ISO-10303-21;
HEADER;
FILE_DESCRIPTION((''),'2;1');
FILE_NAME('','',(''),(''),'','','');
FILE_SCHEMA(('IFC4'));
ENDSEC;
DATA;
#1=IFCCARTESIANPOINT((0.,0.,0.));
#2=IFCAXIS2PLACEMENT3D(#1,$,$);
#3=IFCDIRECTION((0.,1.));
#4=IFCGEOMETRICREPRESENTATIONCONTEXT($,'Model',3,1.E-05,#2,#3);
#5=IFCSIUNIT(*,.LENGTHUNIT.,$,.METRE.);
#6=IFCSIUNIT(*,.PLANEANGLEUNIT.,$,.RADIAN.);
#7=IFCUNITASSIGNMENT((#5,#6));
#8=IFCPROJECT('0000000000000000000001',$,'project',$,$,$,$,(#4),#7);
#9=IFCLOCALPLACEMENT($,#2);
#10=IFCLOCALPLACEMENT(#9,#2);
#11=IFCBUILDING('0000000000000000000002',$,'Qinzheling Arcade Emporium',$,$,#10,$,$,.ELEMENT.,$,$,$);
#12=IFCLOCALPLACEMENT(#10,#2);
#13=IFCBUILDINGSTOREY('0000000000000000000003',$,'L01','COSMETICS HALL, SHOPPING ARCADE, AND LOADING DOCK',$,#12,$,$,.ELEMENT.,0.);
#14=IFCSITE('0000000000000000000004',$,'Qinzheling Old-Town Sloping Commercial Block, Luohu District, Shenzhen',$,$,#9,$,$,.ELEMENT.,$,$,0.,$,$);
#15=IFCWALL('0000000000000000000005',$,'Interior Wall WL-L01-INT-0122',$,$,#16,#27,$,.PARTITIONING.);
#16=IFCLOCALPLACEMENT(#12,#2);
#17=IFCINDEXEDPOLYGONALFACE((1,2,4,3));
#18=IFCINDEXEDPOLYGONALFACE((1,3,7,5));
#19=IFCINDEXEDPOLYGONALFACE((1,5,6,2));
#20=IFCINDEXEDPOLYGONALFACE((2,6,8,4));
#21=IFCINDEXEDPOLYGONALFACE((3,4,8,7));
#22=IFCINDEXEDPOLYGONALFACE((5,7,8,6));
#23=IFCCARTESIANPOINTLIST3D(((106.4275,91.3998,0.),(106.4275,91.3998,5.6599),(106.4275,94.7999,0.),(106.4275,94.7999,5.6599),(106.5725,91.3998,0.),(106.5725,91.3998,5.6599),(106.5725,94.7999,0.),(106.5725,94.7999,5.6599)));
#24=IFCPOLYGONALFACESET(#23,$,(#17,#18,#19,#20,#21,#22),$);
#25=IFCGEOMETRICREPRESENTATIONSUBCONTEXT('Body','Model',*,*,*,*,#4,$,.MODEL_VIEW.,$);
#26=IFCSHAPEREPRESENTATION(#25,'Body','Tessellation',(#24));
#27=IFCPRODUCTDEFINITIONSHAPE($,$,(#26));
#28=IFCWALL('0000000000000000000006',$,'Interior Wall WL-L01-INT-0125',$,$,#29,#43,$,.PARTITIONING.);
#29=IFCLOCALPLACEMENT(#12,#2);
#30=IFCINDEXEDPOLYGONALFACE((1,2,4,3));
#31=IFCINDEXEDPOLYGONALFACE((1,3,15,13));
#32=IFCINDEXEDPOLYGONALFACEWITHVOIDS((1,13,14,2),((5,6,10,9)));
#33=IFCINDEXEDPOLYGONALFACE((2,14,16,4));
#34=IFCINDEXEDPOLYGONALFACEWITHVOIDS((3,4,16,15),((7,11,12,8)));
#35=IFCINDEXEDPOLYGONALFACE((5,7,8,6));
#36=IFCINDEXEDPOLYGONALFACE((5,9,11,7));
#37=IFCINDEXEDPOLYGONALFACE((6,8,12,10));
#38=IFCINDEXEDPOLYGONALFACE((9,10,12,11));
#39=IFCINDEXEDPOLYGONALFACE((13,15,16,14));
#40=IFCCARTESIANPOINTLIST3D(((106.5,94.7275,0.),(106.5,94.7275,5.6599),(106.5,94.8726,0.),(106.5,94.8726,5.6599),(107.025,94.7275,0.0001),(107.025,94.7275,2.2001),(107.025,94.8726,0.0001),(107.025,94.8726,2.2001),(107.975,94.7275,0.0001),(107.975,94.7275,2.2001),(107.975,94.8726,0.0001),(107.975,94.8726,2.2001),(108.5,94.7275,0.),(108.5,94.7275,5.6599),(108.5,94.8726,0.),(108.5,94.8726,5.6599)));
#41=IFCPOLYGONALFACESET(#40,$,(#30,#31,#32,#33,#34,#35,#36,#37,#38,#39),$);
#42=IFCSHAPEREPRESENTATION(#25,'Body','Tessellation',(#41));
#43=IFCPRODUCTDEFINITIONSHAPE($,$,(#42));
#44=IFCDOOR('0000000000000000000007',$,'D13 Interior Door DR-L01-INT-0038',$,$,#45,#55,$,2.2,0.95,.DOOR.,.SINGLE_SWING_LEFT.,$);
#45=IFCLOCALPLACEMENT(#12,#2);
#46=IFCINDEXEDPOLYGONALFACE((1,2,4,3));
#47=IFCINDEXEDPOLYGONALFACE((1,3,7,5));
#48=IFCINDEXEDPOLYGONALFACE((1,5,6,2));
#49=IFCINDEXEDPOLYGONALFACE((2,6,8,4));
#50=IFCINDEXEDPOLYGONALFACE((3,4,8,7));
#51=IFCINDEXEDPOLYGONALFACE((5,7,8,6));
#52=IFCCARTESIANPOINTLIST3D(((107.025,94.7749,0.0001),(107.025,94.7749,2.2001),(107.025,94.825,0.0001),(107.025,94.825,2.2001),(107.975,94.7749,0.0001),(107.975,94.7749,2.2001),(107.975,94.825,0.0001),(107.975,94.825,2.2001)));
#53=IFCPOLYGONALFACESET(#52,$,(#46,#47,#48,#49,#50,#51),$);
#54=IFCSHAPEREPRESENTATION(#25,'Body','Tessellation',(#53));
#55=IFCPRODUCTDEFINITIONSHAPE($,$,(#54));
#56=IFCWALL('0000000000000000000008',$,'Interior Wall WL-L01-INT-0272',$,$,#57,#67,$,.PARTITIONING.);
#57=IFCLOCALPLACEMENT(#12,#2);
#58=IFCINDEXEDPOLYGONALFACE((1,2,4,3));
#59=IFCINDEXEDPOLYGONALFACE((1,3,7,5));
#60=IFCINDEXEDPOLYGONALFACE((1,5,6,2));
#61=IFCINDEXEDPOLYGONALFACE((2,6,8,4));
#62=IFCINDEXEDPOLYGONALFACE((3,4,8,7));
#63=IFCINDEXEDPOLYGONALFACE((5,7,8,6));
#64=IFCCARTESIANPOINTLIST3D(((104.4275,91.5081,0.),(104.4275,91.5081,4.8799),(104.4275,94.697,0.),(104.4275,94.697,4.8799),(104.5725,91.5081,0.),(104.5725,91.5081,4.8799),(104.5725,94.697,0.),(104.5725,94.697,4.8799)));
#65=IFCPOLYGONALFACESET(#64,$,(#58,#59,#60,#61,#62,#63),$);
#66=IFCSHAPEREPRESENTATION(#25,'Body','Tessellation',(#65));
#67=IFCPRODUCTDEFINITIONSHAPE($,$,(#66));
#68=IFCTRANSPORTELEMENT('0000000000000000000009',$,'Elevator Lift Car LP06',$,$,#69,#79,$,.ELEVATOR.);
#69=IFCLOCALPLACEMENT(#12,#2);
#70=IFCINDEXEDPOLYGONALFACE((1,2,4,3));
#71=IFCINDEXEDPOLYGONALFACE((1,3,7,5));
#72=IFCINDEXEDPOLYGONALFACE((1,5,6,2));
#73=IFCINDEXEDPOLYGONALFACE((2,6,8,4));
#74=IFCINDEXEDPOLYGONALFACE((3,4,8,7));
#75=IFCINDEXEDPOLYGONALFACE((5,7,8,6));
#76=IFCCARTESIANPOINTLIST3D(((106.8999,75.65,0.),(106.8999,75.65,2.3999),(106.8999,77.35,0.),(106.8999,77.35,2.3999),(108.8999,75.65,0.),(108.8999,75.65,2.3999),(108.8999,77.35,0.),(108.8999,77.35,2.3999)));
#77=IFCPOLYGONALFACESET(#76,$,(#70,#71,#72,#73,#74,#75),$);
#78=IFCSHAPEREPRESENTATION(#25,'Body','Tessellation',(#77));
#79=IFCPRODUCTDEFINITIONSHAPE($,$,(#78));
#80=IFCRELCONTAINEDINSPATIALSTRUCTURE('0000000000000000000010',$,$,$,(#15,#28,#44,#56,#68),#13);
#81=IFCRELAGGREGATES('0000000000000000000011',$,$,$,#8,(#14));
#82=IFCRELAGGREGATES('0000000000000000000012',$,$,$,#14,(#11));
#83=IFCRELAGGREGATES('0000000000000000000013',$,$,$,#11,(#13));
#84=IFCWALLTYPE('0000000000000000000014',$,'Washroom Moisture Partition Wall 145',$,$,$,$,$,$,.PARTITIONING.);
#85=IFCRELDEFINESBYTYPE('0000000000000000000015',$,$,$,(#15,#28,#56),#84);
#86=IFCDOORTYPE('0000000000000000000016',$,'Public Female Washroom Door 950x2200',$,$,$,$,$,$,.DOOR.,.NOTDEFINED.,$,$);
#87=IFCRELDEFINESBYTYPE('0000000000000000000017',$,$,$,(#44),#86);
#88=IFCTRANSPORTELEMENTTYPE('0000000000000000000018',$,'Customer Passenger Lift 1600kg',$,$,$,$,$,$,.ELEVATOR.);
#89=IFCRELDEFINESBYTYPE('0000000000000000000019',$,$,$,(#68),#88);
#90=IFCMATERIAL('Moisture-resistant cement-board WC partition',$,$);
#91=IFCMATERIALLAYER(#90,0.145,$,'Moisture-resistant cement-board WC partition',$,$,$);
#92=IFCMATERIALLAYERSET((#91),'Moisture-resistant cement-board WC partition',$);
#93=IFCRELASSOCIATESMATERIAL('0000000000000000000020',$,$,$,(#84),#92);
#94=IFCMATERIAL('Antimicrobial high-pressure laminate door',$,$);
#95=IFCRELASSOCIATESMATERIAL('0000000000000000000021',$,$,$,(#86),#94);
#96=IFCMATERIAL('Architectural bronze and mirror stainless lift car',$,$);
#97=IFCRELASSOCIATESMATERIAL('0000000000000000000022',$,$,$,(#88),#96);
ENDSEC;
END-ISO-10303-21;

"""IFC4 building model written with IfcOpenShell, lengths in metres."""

from ifc_helpers import new_model, si_unit, direction, frame, frame_2d, origin, origin_2d, place, context, subcontext, project, spatial, rectangle, extrude, material, layer, layer_set, type_object, element, fill, save


model = new_model("IFC4")

# Units and contexts
model_context = context("Model", 3, precision=1e-05, world=origin(), true_north=direction((0.0, 1.0)))
body_context = subcontext(model_context, "Body", "Model", "MODEL_VIEW")
ifc_project = project(units=[si_unit("LENGTHUNIT", "METRE"), si_unit("PLANEANGLEUNIT", "RADIAN")], contexts=[model_context])

# Site, building, storey
site_placement = place(None, origin())
site = spatial("IfcSite", under=ifc_project, at=site_placement, Name="Qinzheling Old-Town Sloping Commercial Block, Luohu District, Shenzhen", CompositionType="ELEMENT", RefElevation=0.0)
building_placement = place(site_placement, origin())
building = spatial("IfcBuilding", under=site, at=building_placement, Name="Qinzheling Arcade Emporium", CompositionType="ELEMENT")
storey_placement = place(building_placement, origin())
storey = spatial("IfcBuildingStorey", under=building, at=storey_placement, Name="L01", Description="COSMETICS HALL, SHOPPING ARCADE, AND LOADING DOCK", CompositionType="ELEMENT", Elevation=0.0)

# Wall
ifc_material_1 = material(Name="Moisture-resistant cement-board WC partition")
ifc_layer_1 = layer(ifc_material_1, 0.145, Name="Moisture-resistant cement-board WC partition")
ifc_layer_set_1 = layer_set([ifc_layer_1], Name="Moisture-resistant cement-board WC partition")
wall_type_1 = type_object("IfcWallType", Name="Washroom Moisture Partition Wall 145", PredefinedType="PARTITIONING", material=ifc_layer_set_1)
wall_1_placement = place(storey_placement, frame((106.5, 94.8, 0.0), z_axis=(0.0, 0.0, 1.0), x_axis=(0.0, -1.0, 0.0)))
element("IfcWall", 1, at=wall_1_placement, inside=storey, type_object=wall_type_1, Name="Interior Wall WL-L01-INT-0122", PredefinedType="PARTITIONING", context=body_context, shape_type="SweptSolid", body=[
    extrude(rectangle(XDim=3.4001, YDim=0.145, at=frame_2d((1.7002, 0.0))), origin(), (0.0, 0.0, 1.0), 5.6599),
])

# Wall, opening, door
ifc_material_2 = material(Name="Antimicrobial high-pressure laminate door")
wall_2_placement = place(storey_placement, frame((106.5, 94.8, 0.0), z_axis=(0.0, 0.0, 1.0), x_axis=(1.0, 0.0, 0.0)))
wall_2 = element("IfcWall", 2, at=wall_2_placement, inside=storey, type_object=wall_type_1, Name="Interior Wall WL-L01-INT-0125", PredefinedType="PARTITIONING", context=body_context, shape_type="SweptSolid", body=[
    extrude(rectangle(XDim=2.0, YDim=0.145, at=frame_2d((1.0, 0.0))), origin(), (0.0, 0.0, 1.0), 5.6599),
])
opening_1_placement = place(wall_2_placement, frame((0.5249, 0.0, 0.0)))
opening_1 = element("IfcOpeningElement", 3, at=opening_1_placement, cuts=wall_2, PredefinedType="OPENING", context=body_context, shape_type="SweptSolid", body=[
    extrude(rectangle(XDim=0.95, YDim=2.2, at=frame_2d((0.4751, 1.1001))), frame((0.0, 0.0825, 0.0), z_axis=(0.0, -1.0, 0.0), x_axis=(1.0, 0.0, 0.0)), (0.0, 0.0, 1.0), 0.165),
])
door_type_1 = type_object("IfcDoorType", Name="Public Female Washroom Door 950x2200", OperationType="NOTDEFINED", PredefinedType="DOOR", material=ifc_material_2)
door_1_placement = place(opening_1_placement, origin())
door_1 = element("IfcDoor", 4, at=door_1_placement, inside=storey, type_object=door_type_1, Name="D13 Interior Door DR-L01-INT-0038", OperationType="SINGLE_SWING_LEFT", OverallHeight=2.2, OverallWidth=0.95, PredefinedType="DOOR", context=body_context, shape_type="SweptSolid", body=[
    extrude(rectangle(XDim=0.95, YDim=2.2, at=frame_2d((0.4751, 1.1001))), frame((0.0, 0.0249, 0.0), z_axis=(0.0, -1.0, 0.0), x_axis=(1.0, 0.0, 0.0)), (0.0, 0.0, 1.0), 0.05),
])
fill(opening_1, door_1)

# Wall
wall_3_placement = place(storey_placement, frame((104.5, 91.5081, 0.0), z_axis=(0.0, 0.0, 1.0), x_axis=(0.0, 1.0, 0.0)))
element("IfcWall", 5, at=wall_3_placement, inside=storey, type_object=wall_type_1, Name="Interior Wall WL-L01-INT-0272", PredefinedType="PARTITIONING", context=body_context, shape_type="SweptSolid", body=[
    extrude(rectangle(XDim=3.189, YDim=0.145, at=frame_2d((1.5945, 0.0))), origin(), (0.0, 0.0, 1.0), 4.8799),
])

# Transport element
ifc_material_3 = material(Name="Architectural bronze and mirror stainless lift car")
transport_element_type = type_object("IfcTransportElementType", Name="Customer Passenger Lift 1600kg", PredefinedType="ELEVATOR", material=ifc_material_3)
transport_element_placement = place(storey_placement, frame((107.8999, 76.5, 0.0), z_axis=(0.0, 0.0, 1.0), x_axis=(1.0, 0.0, 0.0)))
element("IfcTransportElement", 6, at=transport_element_placement, inside=storey, type_object=transport_element_type, Name="Elevator Lift Car LP06", PredefinedType="ELEVATOR", context=body_context, shape_type="SweptSolid", body=[
    extrude(rectangle(XDim=2.0, YDim=1.7, at=origin_2d()), origin(), (0.0, 0.0, 1.0), 2.3999),
])

save(model, "model.ifc")
